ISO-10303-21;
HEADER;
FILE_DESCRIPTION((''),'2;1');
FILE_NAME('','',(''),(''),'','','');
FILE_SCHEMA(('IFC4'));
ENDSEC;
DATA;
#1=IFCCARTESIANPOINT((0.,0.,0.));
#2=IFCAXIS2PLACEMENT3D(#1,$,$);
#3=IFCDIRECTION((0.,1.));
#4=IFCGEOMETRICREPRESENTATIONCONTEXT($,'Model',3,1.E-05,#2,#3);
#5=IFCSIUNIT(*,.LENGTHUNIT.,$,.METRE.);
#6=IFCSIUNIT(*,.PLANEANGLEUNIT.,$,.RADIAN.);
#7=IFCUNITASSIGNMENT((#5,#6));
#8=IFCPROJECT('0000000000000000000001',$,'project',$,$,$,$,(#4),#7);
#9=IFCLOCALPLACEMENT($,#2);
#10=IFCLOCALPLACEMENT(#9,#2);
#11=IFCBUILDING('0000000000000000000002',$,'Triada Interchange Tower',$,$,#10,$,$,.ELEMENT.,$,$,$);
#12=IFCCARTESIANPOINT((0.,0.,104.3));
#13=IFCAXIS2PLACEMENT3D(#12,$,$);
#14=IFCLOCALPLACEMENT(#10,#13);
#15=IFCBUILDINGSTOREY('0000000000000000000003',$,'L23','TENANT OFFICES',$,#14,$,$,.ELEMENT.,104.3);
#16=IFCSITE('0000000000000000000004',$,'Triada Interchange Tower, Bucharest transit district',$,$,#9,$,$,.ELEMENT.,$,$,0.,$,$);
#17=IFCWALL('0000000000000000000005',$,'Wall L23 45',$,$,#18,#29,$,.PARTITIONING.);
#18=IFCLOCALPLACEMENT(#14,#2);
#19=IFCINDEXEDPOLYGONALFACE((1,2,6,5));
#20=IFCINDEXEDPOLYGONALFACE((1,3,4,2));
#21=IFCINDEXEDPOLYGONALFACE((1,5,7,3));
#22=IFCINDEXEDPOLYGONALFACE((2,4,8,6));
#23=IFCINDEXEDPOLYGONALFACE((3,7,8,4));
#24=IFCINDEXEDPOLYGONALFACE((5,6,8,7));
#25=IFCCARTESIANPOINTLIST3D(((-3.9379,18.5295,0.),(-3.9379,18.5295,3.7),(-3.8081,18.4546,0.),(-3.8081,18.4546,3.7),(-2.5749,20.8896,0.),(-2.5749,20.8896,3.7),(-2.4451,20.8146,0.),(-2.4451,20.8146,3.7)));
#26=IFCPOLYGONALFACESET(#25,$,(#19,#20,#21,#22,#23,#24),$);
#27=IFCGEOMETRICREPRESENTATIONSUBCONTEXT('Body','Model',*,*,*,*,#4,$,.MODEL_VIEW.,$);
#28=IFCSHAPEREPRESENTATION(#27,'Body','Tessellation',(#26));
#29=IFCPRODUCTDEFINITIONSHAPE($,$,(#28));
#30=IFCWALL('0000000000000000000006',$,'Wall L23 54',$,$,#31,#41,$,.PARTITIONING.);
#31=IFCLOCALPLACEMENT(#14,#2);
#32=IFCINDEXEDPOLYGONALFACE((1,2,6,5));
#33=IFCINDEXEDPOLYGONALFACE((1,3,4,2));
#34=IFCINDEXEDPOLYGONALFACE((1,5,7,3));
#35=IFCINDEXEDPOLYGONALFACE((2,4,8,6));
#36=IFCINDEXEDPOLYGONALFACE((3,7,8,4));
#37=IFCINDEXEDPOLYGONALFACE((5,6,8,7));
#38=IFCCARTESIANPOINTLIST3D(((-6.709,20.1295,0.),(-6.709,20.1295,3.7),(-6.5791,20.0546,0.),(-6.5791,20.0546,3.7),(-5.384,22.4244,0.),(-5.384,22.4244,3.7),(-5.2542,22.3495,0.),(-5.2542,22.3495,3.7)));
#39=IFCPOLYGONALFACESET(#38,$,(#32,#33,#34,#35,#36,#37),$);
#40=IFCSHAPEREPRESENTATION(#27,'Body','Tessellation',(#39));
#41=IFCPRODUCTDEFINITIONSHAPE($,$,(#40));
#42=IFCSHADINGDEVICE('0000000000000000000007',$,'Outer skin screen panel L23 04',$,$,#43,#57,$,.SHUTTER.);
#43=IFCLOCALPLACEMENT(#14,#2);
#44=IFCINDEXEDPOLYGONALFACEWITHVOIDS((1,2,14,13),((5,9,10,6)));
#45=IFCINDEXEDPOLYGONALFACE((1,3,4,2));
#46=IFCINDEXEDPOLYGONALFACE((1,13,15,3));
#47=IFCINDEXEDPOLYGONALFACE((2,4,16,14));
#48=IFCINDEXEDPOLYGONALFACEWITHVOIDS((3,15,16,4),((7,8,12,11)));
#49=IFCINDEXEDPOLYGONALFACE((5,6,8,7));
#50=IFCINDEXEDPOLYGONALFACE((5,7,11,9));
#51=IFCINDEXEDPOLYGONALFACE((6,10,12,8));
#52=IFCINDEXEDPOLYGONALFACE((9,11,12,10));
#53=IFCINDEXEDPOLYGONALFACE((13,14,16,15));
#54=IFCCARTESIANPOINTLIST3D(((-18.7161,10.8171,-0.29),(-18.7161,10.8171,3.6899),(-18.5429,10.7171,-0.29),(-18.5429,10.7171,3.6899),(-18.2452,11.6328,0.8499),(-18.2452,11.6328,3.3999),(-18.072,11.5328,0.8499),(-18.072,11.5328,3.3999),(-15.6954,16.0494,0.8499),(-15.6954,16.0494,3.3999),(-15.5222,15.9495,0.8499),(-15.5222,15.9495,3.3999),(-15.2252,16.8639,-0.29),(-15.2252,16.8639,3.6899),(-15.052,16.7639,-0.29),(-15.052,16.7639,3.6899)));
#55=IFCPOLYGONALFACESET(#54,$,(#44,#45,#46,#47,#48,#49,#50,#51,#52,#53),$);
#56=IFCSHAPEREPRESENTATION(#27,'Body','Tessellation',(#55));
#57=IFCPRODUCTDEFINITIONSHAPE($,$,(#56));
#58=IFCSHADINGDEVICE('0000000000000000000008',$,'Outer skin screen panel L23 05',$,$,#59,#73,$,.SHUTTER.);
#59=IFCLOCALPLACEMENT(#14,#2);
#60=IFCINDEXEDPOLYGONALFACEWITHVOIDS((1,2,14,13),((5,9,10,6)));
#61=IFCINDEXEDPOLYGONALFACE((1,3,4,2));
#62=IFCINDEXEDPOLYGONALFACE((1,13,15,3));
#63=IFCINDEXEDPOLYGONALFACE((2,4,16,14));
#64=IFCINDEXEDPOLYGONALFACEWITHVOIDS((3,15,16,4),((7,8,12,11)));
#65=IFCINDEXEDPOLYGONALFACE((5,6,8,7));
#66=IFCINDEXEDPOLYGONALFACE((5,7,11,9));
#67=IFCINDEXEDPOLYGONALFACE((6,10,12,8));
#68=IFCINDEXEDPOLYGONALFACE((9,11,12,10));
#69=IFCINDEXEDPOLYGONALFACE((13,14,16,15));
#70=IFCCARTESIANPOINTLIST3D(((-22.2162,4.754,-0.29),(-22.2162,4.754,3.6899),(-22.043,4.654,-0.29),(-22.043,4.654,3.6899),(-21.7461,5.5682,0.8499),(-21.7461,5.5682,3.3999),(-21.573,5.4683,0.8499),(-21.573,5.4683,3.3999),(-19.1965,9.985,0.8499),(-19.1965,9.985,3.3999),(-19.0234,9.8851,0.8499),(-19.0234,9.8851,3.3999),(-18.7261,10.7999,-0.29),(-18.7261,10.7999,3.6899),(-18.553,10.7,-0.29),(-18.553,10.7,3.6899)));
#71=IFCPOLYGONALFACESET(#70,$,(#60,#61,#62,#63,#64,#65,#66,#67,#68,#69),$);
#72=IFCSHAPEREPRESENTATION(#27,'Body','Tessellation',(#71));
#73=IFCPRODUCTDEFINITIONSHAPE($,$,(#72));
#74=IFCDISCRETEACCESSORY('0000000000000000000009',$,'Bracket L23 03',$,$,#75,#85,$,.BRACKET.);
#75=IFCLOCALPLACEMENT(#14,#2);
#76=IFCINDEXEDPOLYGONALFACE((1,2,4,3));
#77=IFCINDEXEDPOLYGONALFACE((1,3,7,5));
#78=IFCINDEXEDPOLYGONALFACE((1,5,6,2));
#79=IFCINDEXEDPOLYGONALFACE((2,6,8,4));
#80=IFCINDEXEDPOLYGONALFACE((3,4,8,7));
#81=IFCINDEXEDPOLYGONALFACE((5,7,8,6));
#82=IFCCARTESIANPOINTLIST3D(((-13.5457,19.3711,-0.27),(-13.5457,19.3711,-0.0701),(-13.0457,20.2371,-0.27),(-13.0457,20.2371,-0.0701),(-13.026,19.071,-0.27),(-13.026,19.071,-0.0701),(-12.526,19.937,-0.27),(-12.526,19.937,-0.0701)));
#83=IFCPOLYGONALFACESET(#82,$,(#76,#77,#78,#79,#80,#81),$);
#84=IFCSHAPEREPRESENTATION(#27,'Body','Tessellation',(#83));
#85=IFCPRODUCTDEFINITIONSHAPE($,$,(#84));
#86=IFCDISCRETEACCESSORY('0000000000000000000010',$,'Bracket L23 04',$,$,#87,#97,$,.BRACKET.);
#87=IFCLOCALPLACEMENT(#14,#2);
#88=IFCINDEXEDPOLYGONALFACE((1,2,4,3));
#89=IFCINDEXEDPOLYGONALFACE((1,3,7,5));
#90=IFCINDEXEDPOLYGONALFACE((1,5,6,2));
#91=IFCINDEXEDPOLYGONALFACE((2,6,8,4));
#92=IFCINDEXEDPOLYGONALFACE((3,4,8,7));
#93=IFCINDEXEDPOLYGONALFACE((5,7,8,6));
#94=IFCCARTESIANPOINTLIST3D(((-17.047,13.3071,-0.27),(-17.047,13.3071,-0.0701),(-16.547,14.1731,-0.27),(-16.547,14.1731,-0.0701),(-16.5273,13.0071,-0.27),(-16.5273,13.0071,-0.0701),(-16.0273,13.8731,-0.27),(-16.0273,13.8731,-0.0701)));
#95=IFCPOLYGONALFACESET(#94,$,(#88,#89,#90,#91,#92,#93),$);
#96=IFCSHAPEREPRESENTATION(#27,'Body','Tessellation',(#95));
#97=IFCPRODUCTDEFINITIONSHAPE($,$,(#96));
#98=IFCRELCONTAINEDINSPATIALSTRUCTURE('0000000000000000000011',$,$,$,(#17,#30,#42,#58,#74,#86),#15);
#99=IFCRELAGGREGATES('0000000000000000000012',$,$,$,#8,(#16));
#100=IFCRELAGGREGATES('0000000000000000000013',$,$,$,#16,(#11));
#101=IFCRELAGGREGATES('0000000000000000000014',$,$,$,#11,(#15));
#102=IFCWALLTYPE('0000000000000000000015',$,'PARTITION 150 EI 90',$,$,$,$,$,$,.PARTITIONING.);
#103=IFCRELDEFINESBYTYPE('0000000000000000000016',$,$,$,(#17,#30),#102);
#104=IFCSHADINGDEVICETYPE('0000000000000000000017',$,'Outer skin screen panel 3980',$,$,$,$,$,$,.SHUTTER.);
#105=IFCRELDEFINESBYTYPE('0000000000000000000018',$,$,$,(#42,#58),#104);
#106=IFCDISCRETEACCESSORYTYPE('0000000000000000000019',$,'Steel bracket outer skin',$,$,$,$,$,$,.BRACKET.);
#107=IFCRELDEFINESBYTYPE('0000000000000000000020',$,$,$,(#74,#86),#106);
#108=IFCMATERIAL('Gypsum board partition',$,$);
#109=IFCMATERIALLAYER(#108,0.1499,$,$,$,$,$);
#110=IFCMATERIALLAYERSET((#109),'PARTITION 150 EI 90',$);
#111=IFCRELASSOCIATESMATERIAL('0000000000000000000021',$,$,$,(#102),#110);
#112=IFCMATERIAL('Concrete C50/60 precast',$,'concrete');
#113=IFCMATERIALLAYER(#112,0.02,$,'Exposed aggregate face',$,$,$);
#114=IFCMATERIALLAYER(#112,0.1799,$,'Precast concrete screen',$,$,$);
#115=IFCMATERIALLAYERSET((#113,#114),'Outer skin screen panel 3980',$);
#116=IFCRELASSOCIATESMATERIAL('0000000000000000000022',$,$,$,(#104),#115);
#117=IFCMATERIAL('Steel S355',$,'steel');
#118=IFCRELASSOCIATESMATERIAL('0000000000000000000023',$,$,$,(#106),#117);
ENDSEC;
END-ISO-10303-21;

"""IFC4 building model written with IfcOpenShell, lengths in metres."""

from ifc_helpers import new_model, si_unit, direction, frame, frame_2d, origin, origin_2d, place, context, subcontext, project, spatial, polyline, rectangle, outline, extrude, material, layer, layer_set, type_object, element, save


model = new_model("IFC4")

# Units and contexts
model_context = context("Model", 3, precision=1e-05, world=origin(), true_north=direction((0.0, 1.0)))
body_context = subcontext(model_context, "Body", "Model", "MODEL_VIEW")
ifc_project = project(units=[si_unit("LENGTHUNIT", "METRE"), si_unit("PLANEANGLEUNIT", "RADIAN")], contexts=[model_context])

# Site, building, storey
site_placement = place(None, origin())
site = spatial("IfcSite", under=ifc_project, at=site_placement, Name="Triada Interchange Tower, Bucharest transit district", CompositionType="ELEMENT", RefElevation=0.0)
building_placement = place(site_placement, origin())
building = spatial("IfcBuilding", under=site, at=building_placement, Name="Triada Interchange Tower", CompositionType="ELEMENT")
storey_placement = place(building_placement, frame((0.0, 0.0, 104.3)))
storey = spatial("IfcBuildingStorey", under=building, at=storey_placement, Name="L23", Description="TENANT OFFICES", CompositionType="ELEMENT", Elevation=104.3)

# Shared definitions
ifc_material_1 = material(Name="Gypsum board partition")

# Walls
ifc_layer_1 = layer(ifc_material_1, 0.1499)
ifc_layer_set_1 = layer_set([ifc_layer_1], Name="PARTITION 150 EI 90")
wall_type_1 = type_object("IfcWallType", Name="PARTITION 150 EI 90", PredefinedType="PARTITIONING", material=ifc_layer_set_1)
wall_1_placement = place(storey_placement, frame((-3.873, 18.4919, 0.0), z_axis=(0.0, 0.0, 1.0), x_axis=(0.500118, 0.865957, 0.0)))
element("IfcWall", 1, at=wall_1_placement, inside=storey, type_object=wall_type_1, Name="Wall L23 45", PredefinedType="PARTITIONING", context=body_context, shape_type="SweptSolid", body=[
    extrude(rectangle(XDim=2.7253, YDim=0.1499, at=frame_2d((1.3628, 0.0))), origin(), (0.0, 0.0, 1.0), 3.7),
])
wall_2_placement = place(storey_placement, frame((-6.644, 20.092, 0.0), z_axis=(0.0, 0.0, 1.0), x_axis=(0.499994, 0.866029, 0.0)))
element("IfcWall", 2, at=wall_2_placement, inside=storey, type_object=wall_type_1, Name="Wall L23 54", PredefinedType="PARTITIONING", context=body_context, shape_type="SweptSolid", body=[
    extrude(rectangle(XDim=2.6499, YDim=0.1499, at=frame_2d((1.325, 0.0))), origin(), (0.0, 0.0, 1.0), 3.7),
])

# Shading devices
ifc_material_2 = material(Name="Concrete C50/60 precast", Category="concrete")
ifc_layer_2 = layer(ifc_material_2, 0.02, Name="Exposed aggregate face")
ifc_layer_3 = layer(ifc_material_2, 0.1799, Name="Precast concrete screen")
ifc_layer_set_2 = layer_set([ifc_layer_2, ifc_layer_3], Name="Outer skin screen panel 3980")
shading_device_type = type_object("IfcShadingDeviceType", Name="Outer skin screen panel 3980", PredefinedType="SHUTTER", material=ifc_layer_set_2)
shading_device_1_placement = place(storey_placement, frame((-15.052, 16.7639, -0.29), z_axis=(0.0, 0.0, 1.0), x_axis=(-0.499979, -0.866038, 0.0)))
element("IfcShadingDevice", 3, at=shading_device_1_placement, inside=storey, type_object=shading_device_type, Name="Outer skin screen panel L23 04", PredefinedType="SHUTTER", context=body_context, shape_type="SweptSolid", body=[
    extrude(outline(polyline([(0.0, 0.0), (6.9822, 0.0), (6.9822, 3.98), (0.0, 3.98), (0.0, 0.0)]), holes=[polyline([(0.9404, 1.1399), (0.9404, 3.6899), (6.0403, 3.6899), (6.0403, 1.1399), (0.9404, 1.1399)])]), frame((0.0, 0.0, 0.0), z_axis=(0.0, -1.0, 0.0), x_axis=(1.0, 0.0, 0.0)), (0.0, 0.0, 1.0), 0.2),
])
shading_device_2_placement = place(storey_placement, frame((-18.553, 10.7, -0.29), z_axis=(0.0, 0.0, 1.0), x_axis=(-0.499934, -0.866063, 0.0)))
element("IfcShadingDevice", 4, at=shading_device_2_placement, inside=storey, type_object=shading_device_type, Name="Outer skin screen panel L23 05", PredefinedType="SHUTTER", context=body_context, shape_type="SweptSolid", body=[
    extrude(outline(polyline([(0.0, 0.0), (6.981, 0.0), (6.981, 3.98), (0.0, 3.98), (0.0, 0.0)]), holes=[polyline([(0.9409, 1.1399), (0.9409, 3.6899), (6.0408, 3.6899), (6.0408, 1.1399), (0.9409, 1.1399)])]), frame((0.0, 0.0, 0.0), z_axis=(0.0, -1.0, 0.0), x_axis=(1.0, 0.0, 0.0)), (0.0, 0.0, 1.0), 0.2),
])

# Discrete accessories
ifc_material_3 = material(Name="Steel S355", Category="steel")
discrete_accessory_type = type_object("IfcDiscreteAccessoryType", Name="Steel bracket outer skin", PredefinedType="BRACKET", material=ifc_material_3)
for number, where, z_axis, x_axis, name in (
    (5, (-13.0359, 19.6541, -0.27), (0.0, 0.0, 1.0), (-0.866022, 0.500006, 0.0), "Bracket L23 03"),
    (6, (-16.5371, 13.5901, -0.27), (0.0, 0.0, 1.0), (-0.866022, 0.500006, 0.0), "Bracket L23 04"),
):
    element("IfcDiscreteAccessory", number, at=place(storey_placement, frame(where, z_axis=z_axis, x_axis=x_axis)), inside=storey, type_object=discrete_accessory_type, Name=name, PredefinedType="BRACKET", context=body_context, shape_type="SweptSolid", body=[
        extrude(rectangle(XDim=0.6001, YDim=1.0, at=origin_2d()), origin(), (0.0, 0.0, 1.0), 0.2),
    ])

save(model, "model.ifc")
